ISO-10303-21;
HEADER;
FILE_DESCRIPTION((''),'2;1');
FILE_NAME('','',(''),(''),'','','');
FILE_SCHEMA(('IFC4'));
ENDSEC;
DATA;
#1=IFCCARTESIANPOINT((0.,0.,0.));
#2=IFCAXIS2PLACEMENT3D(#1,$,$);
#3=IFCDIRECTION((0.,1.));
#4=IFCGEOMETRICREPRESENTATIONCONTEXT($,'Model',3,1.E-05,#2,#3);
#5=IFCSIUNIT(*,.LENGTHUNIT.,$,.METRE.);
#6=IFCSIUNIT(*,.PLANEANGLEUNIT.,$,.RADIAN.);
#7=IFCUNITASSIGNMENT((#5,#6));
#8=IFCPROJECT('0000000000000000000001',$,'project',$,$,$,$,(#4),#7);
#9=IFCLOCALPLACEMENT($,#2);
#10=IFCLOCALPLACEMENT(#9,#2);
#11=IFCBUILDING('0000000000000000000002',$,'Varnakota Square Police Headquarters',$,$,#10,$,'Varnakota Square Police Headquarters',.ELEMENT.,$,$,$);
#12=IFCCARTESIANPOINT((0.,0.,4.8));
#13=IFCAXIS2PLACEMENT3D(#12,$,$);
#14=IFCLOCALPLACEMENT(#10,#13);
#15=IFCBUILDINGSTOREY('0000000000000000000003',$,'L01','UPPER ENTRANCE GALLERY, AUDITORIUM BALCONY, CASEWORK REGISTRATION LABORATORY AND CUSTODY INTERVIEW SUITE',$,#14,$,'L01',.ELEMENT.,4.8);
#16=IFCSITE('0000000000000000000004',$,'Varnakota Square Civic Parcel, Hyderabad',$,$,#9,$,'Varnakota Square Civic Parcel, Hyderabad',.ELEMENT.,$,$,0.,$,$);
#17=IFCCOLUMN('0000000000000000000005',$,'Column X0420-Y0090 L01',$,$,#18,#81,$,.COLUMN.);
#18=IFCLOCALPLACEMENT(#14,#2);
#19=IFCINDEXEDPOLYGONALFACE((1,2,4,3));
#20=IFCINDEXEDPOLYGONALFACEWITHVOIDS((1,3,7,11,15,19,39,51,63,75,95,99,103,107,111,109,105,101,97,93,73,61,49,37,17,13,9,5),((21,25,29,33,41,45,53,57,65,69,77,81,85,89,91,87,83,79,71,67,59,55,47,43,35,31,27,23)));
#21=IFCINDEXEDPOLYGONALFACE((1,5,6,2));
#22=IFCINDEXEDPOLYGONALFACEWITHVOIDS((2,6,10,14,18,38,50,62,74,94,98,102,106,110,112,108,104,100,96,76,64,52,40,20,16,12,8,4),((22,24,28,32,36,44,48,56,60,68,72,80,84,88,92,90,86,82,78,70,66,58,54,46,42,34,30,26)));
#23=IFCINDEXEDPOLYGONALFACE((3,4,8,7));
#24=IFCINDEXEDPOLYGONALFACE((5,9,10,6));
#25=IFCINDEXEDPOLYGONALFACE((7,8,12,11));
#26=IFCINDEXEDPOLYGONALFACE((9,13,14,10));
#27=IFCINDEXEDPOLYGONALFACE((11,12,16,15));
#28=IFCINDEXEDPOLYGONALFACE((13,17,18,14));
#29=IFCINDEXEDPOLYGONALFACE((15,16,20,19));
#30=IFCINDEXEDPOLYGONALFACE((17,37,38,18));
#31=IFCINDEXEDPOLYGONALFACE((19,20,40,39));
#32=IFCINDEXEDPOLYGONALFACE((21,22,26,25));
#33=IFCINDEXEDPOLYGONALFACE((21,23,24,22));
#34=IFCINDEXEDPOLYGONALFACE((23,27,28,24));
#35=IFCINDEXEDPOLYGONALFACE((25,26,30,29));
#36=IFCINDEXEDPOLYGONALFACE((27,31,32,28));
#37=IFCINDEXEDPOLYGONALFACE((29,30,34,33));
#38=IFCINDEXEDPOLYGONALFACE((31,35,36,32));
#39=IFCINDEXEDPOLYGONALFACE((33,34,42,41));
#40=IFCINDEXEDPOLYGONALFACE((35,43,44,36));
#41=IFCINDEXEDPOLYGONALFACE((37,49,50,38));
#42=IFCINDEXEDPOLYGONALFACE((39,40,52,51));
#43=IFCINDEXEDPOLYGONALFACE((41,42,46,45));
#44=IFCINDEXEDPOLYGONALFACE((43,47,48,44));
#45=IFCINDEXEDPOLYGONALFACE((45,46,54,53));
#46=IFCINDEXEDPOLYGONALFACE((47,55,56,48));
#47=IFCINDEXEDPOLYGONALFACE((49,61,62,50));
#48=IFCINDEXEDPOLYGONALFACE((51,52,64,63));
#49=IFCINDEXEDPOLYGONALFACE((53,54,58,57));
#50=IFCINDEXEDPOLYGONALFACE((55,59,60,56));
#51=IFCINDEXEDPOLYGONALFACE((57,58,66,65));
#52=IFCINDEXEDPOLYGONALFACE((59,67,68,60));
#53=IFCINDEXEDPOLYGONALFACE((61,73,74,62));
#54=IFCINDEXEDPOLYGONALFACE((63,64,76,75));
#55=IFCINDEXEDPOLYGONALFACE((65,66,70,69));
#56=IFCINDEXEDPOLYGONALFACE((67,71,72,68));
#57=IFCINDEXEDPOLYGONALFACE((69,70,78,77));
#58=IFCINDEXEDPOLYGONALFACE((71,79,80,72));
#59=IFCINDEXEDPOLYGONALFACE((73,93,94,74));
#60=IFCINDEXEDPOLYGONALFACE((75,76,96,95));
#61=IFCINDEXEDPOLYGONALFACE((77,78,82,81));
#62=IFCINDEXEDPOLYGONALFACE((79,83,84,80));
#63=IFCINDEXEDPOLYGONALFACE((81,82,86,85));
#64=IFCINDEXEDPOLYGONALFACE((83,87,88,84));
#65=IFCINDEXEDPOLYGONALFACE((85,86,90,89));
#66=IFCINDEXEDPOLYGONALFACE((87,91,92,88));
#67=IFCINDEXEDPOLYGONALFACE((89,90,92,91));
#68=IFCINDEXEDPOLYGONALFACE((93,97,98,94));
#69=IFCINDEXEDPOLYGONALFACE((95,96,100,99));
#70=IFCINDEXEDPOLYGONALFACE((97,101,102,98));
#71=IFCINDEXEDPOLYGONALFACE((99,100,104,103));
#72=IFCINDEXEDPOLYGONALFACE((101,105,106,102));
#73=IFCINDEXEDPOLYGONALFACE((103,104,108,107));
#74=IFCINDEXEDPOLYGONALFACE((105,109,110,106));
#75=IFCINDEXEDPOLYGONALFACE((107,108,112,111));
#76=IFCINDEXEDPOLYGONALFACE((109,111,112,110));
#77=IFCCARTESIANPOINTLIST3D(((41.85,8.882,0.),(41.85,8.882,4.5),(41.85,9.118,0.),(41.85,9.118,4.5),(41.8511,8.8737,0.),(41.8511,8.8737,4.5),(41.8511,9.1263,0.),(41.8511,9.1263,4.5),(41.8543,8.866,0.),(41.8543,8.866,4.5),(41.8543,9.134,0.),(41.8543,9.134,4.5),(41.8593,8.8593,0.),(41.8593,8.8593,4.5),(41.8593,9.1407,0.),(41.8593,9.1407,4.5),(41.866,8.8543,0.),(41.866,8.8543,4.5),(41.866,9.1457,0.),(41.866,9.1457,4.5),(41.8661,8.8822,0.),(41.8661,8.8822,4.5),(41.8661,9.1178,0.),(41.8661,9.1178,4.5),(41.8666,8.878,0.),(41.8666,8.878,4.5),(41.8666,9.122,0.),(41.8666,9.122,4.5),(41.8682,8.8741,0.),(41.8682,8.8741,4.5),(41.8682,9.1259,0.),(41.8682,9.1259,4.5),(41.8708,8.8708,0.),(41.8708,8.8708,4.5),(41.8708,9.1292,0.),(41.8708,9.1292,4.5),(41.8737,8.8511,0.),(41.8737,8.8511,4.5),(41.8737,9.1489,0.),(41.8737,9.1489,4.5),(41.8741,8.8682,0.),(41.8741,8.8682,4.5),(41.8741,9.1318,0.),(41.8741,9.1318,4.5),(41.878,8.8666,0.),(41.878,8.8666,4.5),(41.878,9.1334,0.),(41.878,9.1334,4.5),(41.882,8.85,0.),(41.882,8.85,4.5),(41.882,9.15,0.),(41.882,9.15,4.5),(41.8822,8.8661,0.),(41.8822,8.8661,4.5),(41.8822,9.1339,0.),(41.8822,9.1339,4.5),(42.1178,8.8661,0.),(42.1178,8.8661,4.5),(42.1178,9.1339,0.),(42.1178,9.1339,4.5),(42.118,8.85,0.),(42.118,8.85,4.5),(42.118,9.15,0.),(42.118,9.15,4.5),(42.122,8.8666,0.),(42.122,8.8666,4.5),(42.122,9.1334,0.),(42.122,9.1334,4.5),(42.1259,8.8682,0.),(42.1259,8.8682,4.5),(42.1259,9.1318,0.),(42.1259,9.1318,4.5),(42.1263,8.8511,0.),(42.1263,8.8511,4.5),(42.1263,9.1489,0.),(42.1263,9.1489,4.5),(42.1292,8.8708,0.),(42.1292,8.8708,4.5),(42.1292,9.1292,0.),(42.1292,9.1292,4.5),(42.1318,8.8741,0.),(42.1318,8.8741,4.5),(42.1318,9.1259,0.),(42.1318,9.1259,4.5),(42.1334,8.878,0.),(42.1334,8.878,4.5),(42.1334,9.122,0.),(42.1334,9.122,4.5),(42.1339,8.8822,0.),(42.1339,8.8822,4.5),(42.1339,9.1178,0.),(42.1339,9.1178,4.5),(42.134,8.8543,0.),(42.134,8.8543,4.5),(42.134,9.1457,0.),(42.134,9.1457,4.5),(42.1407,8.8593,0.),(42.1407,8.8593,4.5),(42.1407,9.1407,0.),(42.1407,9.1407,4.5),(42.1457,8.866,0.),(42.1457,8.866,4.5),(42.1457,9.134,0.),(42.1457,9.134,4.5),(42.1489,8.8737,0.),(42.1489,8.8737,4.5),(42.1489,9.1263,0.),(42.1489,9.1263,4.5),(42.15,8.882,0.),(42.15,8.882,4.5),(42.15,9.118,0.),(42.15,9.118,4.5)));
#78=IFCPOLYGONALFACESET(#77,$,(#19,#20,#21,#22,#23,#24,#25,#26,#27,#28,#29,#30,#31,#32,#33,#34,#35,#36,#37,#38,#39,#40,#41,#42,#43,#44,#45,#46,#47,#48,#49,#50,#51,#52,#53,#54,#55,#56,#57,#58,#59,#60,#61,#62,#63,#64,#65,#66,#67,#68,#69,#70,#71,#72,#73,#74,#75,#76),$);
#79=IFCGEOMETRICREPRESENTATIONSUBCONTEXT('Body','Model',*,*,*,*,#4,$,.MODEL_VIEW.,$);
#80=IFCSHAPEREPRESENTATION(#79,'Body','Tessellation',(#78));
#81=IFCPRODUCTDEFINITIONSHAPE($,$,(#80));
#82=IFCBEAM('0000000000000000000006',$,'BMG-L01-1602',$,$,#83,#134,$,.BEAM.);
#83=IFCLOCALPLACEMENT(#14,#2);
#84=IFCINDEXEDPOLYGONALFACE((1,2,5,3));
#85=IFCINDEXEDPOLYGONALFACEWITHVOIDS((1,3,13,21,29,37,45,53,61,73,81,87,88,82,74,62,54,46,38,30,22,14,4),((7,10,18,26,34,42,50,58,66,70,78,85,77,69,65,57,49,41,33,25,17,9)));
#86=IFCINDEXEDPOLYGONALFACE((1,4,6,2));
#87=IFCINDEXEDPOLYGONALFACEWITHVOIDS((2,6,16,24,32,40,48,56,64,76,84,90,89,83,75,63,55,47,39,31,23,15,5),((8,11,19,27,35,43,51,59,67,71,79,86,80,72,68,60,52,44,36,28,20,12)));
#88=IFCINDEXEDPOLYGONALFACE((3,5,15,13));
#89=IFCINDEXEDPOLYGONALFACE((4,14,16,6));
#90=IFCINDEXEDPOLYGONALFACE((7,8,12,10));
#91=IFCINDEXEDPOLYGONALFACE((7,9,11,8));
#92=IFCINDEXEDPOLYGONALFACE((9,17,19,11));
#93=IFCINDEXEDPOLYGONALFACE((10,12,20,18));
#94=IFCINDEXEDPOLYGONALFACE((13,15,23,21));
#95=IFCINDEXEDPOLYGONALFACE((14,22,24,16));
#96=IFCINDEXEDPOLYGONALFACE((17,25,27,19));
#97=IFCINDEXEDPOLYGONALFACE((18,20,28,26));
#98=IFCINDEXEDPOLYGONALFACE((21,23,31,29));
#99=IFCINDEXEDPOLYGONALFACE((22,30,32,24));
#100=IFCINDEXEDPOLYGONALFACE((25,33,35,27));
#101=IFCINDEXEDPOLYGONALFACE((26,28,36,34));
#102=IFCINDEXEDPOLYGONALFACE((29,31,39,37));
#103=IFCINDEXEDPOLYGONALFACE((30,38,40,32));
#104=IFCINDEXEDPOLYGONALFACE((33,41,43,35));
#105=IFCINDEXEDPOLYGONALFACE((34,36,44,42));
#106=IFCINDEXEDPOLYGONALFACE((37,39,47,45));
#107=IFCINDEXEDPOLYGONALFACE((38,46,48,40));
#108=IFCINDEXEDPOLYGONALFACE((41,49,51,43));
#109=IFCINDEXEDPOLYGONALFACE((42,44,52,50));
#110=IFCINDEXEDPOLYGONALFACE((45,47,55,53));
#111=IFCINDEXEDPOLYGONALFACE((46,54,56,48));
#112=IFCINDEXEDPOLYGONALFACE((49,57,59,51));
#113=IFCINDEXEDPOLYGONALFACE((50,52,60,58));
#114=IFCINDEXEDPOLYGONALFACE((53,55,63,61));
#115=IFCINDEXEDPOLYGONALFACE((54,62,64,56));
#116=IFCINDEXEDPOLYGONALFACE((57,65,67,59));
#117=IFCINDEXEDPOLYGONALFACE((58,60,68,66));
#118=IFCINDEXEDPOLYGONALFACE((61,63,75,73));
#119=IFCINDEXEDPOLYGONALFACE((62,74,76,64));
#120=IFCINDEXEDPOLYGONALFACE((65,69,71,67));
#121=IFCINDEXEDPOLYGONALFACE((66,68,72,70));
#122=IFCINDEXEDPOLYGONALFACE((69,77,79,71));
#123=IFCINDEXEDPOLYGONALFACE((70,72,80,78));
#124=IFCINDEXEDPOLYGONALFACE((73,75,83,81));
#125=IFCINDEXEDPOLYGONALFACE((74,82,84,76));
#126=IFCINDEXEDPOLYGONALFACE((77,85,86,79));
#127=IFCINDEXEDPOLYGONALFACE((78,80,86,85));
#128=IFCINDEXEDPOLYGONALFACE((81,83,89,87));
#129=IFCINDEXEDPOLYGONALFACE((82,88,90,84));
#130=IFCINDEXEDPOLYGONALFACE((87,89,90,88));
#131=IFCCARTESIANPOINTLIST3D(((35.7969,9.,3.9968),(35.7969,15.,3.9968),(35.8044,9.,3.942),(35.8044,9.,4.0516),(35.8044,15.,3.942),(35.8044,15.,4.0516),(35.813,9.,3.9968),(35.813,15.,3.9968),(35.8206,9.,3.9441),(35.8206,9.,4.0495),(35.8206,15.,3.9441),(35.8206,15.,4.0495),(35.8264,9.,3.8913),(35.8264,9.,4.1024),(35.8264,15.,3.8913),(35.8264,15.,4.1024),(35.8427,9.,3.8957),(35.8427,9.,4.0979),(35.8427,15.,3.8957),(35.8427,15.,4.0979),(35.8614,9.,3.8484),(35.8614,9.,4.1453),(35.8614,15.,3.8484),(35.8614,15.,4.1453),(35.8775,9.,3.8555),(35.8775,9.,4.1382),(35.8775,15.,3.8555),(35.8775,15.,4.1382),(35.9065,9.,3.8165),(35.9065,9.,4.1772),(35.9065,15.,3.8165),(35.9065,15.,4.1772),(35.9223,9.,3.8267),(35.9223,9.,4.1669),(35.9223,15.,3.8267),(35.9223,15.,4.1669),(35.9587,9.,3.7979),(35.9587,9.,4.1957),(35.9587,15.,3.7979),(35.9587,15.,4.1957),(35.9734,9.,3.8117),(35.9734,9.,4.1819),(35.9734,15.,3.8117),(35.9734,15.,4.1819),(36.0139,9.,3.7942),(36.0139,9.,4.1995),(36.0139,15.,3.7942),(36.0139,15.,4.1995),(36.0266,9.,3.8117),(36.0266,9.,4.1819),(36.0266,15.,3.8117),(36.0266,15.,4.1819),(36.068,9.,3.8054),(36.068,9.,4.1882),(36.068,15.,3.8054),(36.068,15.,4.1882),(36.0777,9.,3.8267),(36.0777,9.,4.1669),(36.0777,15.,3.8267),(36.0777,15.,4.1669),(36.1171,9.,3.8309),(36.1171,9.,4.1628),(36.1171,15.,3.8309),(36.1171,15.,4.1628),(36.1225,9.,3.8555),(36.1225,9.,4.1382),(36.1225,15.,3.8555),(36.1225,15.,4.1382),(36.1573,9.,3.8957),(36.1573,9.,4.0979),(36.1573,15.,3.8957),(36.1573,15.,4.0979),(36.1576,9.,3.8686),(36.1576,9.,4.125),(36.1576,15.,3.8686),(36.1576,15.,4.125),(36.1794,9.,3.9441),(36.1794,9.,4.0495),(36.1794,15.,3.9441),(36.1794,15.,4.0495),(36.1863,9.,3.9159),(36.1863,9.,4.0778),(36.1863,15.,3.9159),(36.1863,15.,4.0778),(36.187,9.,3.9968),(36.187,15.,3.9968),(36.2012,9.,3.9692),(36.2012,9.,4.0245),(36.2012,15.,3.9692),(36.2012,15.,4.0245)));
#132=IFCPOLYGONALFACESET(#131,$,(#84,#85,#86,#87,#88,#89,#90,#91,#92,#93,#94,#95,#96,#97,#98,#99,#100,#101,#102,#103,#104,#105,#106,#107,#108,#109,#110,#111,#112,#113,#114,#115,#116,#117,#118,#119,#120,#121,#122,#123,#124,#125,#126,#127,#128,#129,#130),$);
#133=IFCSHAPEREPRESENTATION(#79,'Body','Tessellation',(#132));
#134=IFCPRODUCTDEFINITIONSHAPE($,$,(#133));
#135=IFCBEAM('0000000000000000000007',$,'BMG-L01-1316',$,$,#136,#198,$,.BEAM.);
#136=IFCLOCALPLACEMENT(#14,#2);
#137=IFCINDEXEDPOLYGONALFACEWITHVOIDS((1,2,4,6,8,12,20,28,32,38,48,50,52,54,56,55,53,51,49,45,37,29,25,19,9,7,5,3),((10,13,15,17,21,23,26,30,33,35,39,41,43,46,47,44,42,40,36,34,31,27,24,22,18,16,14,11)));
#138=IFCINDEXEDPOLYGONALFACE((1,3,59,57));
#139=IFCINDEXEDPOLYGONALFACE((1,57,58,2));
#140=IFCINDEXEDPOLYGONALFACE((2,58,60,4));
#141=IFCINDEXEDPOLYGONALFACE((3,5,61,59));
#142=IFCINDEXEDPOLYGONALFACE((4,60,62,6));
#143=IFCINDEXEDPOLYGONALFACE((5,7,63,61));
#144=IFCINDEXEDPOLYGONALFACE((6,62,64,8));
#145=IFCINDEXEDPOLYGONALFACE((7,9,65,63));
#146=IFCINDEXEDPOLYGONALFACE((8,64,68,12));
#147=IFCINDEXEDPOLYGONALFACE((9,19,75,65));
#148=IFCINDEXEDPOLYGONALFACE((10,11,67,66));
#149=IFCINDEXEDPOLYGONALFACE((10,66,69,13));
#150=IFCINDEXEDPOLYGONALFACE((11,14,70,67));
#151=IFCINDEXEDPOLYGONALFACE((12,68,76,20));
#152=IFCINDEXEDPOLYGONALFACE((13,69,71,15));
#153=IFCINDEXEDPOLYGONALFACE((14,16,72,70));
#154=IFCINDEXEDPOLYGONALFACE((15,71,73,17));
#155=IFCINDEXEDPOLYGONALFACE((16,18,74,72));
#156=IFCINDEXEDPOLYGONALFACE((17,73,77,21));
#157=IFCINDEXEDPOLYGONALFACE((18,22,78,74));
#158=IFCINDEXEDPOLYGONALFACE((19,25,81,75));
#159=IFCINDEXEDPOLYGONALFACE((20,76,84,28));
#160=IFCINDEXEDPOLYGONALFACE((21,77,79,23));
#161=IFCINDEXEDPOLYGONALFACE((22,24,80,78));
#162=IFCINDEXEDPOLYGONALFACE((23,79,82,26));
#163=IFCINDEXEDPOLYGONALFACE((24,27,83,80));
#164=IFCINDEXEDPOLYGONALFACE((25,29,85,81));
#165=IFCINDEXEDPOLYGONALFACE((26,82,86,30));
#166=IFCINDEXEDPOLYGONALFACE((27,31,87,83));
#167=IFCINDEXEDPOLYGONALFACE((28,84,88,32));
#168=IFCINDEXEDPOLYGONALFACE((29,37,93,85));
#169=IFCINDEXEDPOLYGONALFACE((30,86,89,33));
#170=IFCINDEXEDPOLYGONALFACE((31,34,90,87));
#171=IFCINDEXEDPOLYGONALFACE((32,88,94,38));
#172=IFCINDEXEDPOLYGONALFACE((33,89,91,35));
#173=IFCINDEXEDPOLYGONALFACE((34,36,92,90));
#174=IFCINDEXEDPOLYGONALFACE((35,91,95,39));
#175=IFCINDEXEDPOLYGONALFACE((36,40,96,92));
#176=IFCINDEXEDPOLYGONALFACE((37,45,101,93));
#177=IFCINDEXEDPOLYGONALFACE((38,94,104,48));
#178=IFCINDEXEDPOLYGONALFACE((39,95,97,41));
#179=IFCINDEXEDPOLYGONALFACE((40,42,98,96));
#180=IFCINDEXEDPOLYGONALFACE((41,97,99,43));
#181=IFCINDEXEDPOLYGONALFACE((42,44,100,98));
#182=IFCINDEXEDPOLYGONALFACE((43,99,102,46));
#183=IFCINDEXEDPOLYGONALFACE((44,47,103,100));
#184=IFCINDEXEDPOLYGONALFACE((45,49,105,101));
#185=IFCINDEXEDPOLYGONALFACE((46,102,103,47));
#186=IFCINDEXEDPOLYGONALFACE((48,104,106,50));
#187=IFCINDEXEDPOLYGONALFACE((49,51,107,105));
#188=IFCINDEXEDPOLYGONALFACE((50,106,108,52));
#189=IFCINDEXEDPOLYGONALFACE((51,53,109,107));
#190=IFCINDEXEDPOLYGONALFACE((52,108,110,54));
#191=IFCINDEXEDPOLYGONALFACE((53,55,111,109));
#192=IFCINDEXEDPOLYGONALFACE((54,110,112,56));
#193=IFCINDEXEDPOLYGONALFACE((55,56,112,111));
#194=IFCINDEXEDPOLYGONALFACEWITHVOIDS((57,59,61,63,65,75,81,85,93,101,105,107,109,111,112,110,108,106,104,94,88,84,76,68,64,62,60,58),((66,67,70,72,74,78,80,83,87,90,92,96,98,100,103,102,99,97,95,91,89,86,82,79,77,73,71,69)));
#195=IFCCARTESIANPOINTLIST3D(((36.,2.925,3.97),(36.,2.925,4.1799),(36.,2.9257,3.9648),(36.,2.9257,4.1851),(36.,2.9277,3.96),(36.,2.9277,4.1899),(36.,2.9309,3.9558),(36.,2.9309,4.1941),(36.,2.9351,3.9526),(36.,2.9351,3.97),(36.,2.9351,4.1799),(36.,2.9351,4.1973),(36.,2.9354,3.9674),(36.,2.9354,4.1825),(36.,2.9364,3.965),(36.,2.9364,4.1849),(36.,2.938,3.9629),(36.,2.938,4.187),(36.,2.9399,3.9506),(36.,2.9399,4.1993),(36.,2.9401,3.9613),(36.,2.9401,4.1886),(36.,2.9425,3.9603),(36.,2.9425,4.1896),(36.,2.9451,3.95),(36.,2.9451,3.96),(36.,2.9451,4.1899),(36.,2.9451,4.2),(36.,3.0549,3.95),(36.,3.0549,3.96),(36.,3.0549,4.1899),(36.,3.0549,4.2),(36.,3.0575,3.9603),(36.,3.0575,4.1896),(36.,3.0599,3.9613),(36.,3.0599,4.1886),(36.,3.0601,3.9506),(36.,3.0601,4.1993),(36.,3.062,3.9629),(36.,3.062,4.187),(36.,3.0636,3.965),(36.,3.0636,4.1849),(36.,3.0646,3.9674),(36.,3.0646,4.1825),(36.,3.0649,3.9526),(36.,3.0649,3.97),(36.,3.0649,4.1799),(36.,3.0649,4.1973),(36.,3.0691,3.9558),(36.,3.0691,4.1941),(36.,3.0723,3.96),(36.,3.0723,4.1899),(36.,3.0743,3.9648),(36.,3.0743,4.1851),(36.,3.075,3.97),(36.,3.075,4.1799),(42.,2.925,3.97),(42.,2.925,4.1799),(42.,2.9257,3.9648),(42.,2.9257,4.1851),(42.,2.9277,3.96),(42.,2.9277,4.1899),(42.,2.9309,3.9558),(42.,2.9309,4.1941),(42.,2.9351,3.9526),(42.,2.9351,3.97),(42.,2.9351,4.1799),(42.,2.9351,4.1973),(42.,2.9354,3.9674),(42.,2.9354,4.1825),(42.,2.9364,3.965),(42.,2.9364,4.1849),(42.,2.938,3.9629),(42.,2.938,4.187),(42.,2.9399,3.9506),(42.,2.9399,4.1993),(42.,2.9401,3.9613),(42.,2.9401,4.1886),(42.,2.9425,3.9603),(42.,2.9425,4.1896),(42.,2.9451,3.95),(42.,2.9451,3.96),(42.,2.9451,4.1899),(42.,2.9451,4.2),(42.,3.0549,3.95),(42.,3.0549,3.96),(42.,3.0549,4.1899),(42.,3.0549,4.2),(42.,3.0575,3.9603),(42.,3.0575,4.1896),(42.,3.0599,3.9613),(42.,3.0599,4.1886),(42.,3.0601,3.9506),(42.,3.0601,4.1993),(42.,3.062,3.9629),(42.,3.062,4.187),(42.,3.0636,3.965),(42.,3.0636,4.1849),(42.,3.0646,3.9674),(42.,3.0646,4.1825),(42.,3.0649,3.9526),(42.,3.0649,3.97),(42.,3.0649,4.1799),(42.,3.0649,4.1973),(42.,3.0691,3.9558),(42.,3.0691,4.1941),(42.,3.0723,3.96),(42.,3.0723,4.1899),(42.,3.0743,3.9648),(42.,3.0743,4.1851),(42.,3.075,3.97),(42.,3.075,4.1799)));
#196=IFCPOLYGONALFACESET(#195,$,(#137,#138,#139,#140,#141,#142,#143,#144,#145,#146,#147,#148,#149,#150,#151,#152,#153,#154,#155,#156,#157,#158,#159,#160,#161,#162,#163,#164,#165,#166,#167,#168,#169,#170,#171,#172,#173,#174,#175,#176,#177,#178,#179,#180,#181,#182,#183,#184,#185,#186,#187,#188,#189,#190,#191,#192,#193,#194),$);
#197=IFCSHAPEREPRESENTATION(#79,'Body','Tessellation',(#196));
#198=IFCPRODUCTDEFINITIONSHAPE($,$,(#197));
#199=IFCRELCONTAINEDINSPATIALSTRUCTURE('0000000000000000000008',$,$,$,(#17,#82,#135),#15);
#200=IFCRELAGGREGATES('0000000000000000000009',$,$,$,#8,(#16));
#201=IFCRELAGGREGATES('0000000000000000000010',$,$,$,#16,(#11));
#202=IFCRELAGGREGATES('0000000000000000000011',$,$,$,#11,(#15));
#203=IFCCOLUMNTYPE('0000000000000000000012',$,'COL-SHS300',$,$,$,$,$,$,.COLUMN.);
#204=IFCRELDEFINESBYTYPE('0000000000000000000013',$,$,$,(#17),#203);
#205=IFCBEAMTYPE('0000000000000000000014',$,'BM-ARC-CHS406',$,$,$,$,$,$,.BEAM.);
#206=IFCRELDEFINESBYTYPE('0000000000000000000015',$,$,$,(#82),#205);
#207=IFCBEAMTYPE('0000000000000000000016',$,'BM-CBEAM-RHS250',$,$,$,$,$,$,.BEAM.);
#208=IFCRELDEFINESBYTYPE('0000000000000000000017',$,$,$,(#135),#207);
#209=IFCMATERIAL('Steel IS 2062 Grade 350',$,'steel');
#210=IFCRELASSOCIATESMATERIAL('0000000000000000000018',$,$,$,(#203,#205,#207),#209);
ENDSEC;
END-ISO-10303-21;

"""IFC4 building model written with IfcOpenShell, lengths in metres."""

from ifc_helpers import new_model, si_unit, direction, frame, origin, origin_2d, place, context, subcontext, project, spatial, hollow_rectangle, hollow_circle, extrude, material, material_profile, profile_set, type_object, element, save


model = new_model("IFC4")

# Units and contexts
model_context = context("Model", 3, precision=1e-05, world=origin(), true_north=direction((0.0, 1.0)))
body_context = subcontext(model_context, "Body", "Model", "MODEL_VIEW")
ifc_project = project(units=[si_unit("LENGTHUNIT", "METRE"), si_unit("PLANEANGLEUNIT", "RADIAN")], contexts=[model_context])

# Site, building, storey
site_placement = place(None, origin())
site = spatial("IfcSite", under=ifc_project, at=site_placement, Name="Varnakota Square Civic Parcel, Hyderabad", LongName="Varnakota Square Civic Parcel, Hyderabad", CompositionType="ELEMENT", RefElevation=0.0)
building_placement = place(site_placement, origin())
building = spatial("IfcBuilding", under=site, at=building_placement, Name="Varnakota Square Police Headquarters", LongName="Varnakota Square Police Headquarters", CompositionType="ELEMENT")
storey_placement = place(building_placement, frame((0.0, 0.0, 4.8)))
storey = spatial("IfcBuildingStorey", under=building, at=storey_placement, Name="L01", Description="UPPER ENTRANCE GALLERY, AUDITORIUM BALCONY, CASEWORK REGISTRATION LABORATORY AND CUSTODY INTERVIEW SUITE", LongName="L01", CompositionType="ELEMENT", Elevation=4.8)

# Column
ifc_material_1 = material(Name="Steel IS 2062 Grade 350", Category="steel")
ifc_material_profile_1 = material_profile(ifc_material_1, hollow_rectangle(XDim=0.3, YDim=0.3, WallThickness=0.0161, InnerFilletRadius=0.0161, OuterFilletRadius=0.032, at=origin_2d()), Name="SHS 300x300x16")
ifc_profile_set_1 = profile_set([ifc_material_profile_1], Name="Steel IS 2062 Grade 350")
column_type_1 = type_object("IfcColumnType", Name="COL-SHS300", PredefinedType="COLUMN", material=ifc_profile_set_1)
for number, where, z_axis, x_axis, name in (
    (1, (42.0, 9.0, 0.0), (0.0, 0.0, 1.0), (1.0, 0.0, 0.0), "Column X0420-Y0090 L01"),
):
    element("IfcColumn", number, at=place(storey_placement, frame(where, z_axis=z_axis, x_axis=x_axis)), inside=storey, type_object=column_type_1, Name=name, PredefinedType="COLUMN", context=body_context, shape_type="SweptSolid", body=[
        extrude(hollow_rectangle(XDim=0.3, YDim=0.3, WallThickness=0.0161, InnerFilletRadius=0.0161, OuterFilletRadius=0.032, at=origin_2d()), origin(), (0.0, 0.0, 1.0), 4.5),
    ])

# Beams
ifc_material_profile_2 = material_profile(ifc_material_1, hollow_circle(Radius=0.2031, WallThickness=0.0161, at=origin_2d()), Name="CHS 406.4x16.0")
ifc_profile_set_2 = profile_set([ifc_material_profile_2], Name="Steel IS 2062 Grade 350")
beam_type_1 = type_object("IfcBeamType", Name="BM-ARC-CHS406", PredefinedType="BEAM", material=ifc_profile_set_2)
beam_1_placement = place(storey_placement, frame((36.0, 9.0, 3.9968), z_axis=(0.0, 1.0, 0.0), x_axis=(-1.0, 0.0, 0.0)))
element("IfcBeam", 2, at=beam_1_placement, inside=storey, type_object=beam_type_1, Name="BMG-L01-1602", PredefinedType="BEAM", context=body_context, shape_type="SweptSolid", body=[
    extrude(hollow_circle(Radius=0.2031, WallThickness=0.0161, at=origin_2d()), origin(), (0.0, 0.0, 1.0), 6.0),
])
ifc_material_profile_3 = material_profile(ifc_material_1, hollow_rectangle(XDim=0.1499, YDim=0.25, WallThickness=0.01, InnerFilletRadius=0.01, OuterFilletRadius=0.02, at=origin_2d()), Name="RHS 250x150x10")
ifc_profile_set_3 = profile_set([ifc_material_profile_3], Name="Steel IS 2062 Grade 350")
beam_type_2 = type_object("IfcBeamType", Name="BM-CBEAM-RHS250", PredefinedType="BEAM", material=ifc_profile_set_3)
beam_2_placement = place(storey_placement, frame((36.0, 3.0, 4.075), z_axis=(1.0, 0.0, 0.0), x_axis=(0.0, 1.0, 0.0)))
element("IfcBeam", 3, at=beam_2_placement, inside=storey, type_object=beam_type_2, Name="BMG-L01-1316", PredefinedType="BEAM", context=body_context, shape_type="SweptSolid", body=[
    extrude(hollow_rectangle(XDim=0.1499, YDim=0.25, WallThickness=0.01, InnerFilletRadius=0.01, OuterFilletRadius=0.02, at=origin_2d()), origin(), (0.0, 0.0, 1.0), 6.0),
])

save(model, "model.ifc")
